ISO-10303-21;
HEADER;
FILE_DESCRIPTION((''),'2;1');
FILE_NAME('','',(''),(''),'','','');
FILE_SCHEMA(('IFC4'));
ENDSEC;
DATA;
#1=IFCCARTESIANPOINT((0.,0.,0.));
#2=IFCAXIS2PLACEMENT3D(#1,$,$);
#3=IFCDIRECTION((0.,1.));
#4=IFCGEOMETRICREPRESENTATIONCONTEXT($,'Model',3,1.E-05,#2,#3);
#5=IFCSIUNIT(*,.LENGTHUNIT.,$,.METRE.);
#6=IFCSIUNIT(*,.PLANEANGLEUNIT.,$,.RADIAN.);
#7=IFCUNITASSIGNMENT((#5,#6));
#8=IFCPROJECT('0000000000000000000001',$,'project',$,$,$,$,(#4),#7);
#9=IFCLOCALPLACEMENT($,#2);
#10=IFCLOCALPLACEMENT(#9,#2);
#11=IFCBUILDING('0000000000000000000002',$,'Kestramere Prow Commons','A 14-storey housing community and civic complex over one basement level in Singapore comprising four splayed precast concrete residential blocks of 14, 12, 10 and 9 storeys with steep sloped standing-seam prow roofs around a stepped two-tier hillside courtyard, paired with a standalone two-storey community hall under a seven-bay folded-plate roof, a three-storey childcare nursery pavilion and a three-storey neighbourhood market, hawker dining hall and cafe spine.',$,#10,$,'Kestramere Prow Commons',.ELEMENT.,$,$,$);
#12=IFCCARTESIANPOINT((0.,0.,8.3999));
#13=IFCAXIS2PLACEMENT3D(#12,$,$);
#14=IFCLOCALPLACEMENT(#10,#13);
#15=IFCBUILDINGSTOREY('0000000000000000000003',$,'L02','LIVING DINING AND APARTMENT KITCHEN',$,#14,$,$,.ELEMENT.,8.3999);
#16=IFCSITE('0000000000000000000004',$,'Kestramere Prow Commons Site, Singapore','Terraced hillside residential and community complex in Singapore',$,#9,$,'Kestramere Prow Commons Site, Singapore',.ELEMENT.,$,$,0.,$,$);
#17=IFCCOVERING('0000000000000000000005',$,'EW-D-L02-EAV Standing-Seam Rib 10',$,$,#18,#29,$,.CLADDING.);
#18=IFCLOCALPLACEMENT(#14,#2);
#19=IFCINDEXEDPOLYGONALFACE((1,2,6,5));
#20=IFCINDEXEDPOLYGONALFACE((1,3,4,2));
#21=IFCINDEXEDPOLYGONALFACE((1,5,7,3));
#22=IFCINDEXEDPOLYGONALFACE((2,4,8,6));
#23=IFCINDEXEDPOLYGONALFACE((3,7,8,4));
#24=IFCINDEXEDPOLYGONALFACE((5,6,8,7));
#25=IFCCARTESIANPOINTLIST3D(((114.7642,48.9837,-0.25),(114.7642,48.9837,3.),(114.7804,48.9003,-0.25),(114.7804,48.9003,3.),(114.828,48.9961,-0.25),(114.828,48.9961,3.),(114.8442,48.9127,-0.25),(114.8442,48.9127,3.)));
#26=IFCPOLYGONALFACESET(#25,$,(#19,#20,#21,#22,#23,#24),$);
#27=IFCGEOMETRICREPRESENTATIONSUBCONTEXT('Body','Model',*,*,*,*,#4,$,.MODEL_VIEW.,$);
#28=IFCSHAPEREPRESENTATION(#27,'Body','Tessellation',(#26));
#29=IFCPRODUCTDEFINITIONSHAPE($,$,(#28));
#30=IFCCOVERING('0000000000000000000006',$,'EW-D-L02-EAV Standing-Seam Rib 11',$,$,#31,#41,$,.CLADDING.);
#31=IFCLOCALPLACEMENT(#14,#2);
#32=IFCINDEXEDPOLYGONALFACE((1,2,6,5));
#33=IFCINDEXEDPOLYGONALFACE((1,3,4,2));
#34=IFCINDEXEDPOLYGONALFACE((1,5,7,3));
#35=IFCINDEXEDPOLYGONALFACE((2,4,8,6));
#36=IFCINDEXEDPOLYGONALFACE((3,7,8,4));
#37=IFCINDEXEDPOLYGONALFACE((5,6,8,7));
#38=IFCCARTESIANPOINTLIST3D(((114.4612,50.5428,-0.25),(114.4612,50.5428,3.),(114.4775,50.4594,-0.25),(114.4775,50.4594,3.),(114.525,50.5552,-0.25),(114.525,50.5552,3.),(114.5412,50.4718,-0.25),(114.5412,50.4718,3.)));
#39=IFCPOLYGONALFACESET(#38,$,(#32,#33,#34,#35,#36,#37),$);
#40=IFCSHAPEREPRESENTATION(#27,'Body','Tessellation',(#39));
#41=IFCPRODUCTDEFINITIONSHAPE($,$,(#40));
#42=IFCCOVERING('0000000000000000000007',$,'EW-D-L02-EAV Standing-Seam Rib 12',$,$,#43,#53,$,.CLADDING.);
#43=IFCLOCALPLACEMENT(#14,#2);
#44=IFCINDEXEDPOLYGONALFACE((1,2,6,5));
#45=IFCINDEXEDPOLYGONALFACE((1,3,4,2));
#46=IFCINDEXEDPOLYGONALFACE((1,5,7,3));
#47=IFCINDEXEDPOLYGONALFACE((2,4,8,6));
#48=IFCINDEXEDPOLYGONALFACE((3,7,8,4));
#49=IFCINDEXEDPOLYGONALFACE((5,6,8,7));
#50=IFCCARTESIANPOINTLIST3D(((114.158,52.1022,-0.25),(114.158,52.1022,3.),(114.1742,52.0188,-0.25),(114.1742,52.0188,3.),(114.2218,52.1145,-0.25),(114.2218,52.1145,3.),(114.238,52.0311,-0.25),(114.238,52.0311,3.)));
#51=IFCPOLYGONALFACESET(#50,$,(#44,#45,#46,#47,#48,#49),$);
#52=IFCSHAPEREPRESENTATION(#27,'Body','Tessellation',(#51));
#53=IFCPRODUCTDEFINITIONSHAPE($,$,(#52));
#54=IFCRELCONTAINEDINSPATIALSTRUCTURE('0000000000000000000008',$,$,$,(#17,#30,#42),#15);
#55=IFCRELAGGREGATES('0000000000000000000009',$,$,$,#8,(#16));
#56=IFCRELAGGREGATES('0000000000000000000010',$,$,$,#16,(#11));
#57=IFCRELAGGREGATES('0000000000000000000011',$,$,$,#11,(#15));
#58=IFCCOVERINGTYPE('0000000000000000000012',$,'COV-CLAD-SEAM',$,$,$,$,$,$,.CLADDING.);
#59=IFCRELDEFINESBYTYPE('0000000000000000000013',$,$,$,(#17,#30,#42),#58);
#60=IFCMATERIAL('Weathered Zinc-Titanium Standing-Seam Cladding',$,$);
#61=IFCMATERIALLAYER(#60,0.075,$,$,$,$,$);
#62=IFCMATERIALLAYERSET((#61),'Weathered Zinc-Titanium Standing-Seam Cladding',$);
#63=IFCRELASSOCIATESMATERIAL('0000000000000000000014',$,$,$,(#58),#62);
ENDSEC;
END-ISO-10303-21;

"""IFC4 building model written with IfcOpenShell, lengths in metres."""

from ifc_helpers import new_model, si_unit, direction, frame, origin, origin_2d, place, context, subcontext, project, spatial, rectangle, extrude, material, layer, layer_set, type_object, element, save


model = new_model("IFC4")

# Units and contexts
model_context = context("Model", 3, precision=1e-05, world=origin(), true_north=direction((0.0, 1.0)))
body_context = subcontext(model_context, "Body", "Model", "MODEL_VIEW")
ifc_project = project(units=[si_unit("LENGTHUNIT", "METRE"), si_unit("PLANEANGLEUNIT", "RADIAN")], contexts=[model_context])

# Site, building, storey
site_placement = place(None, origin())
site = spatial("IfcSite", under=ifc_project, at=site_placement, Name="Kestramere Prow Commons Site, Singapore", Description="Terraced hillside residential and community complex in Singapore", LongName="Kestramere Prow Commons Site, Singapore", CompositionType="ELEMENT", RefElevation=0.0)
building_placement = place(site_placement, origin())
building = spatial("IfcBuilding", under=site, at=building_placement, Name="Kestramere Prow Commons", Description="A 14-storey housing community and civic complex over one basement level in Singapore comprising four splayed precast concrete residential blocks of 14, 12, 10 and 9 storeys with steep sloped standing-seam prow roofs around a stepped two-tier hillside courtyard, paired with a standalone two-storey community hall under a seven-bay folded-plate roof, a three-storey childcare nursery pavilion and a three-storey neighbourhood market, hawker dining hall and cafe spine.", LongName="Kestramere Prow Commons", CompositionType="ELEMENT")
storey_placement = place(building_placement, frame((0.0, 0.0, 8.3999)))
storey = spatial("IfcBuildingStorey", under=building, at=storey_placement, Name="L02", Description="LIVING DINING AND APARTMENT KITCHEN", CompositionType="ELEMENT", Elevation=8.3999)

# Coverings
ifc_material_1 = material(Name="Weathered Zinc-Titanium Standing-Seam Cladding")
ifc_layer_1 = layer(ifc_material_1, 0.075)
ifc_layer_set_1 = layer_set([ifc_layer_1], Name="Weathered Zinc-Titanium Standing-Seam Cladding")
covering_type = type_object("IfcCoveringType", Name="COV-CLAD-SEAM", PredefinedType="CLADDING", material=ifc_layer_set_1)
for number, where, z_axis, x_axis, name in (
    (1, (114.8042, 48.9482, -0.25), (0.0, 0.0, 1.0), (-0.190809, 0.981627, 0.0), "EW-D-L02-EAV Standing-Seam Rib 10"),
    (2, (114.5012, 50.5073, -0.25), (0.0, 0.0, 1.0), (-0.190809, 0.981627, 0.0), "EW-D-L02-EAV Standing-Seam Rib 11"),
    (3, (114.198, 52.0667, -0.25), (0.0, 0.0, 1.0), (-0.190809, 0.981627, 0.0), "EW-D-L02-EAV Standing-Seam Rib 12"),
):
    element("IfcCovering", number, at=place(storey_placement, frame(where, z_axis=z_axis, x_axis=x_axis)), inside=storey, type_object=covering_type, Name=name, PredefinedType="CLADDING", context=body_context, shape_type="SweptSolid", body=[
        extrude(rectangle(XDim=0.085, YDim=0.0649, at=origin_2d()), origin(), (0.0, 0.0, 1.0), 3.25),
    ])

save(model, "model.ifc")
